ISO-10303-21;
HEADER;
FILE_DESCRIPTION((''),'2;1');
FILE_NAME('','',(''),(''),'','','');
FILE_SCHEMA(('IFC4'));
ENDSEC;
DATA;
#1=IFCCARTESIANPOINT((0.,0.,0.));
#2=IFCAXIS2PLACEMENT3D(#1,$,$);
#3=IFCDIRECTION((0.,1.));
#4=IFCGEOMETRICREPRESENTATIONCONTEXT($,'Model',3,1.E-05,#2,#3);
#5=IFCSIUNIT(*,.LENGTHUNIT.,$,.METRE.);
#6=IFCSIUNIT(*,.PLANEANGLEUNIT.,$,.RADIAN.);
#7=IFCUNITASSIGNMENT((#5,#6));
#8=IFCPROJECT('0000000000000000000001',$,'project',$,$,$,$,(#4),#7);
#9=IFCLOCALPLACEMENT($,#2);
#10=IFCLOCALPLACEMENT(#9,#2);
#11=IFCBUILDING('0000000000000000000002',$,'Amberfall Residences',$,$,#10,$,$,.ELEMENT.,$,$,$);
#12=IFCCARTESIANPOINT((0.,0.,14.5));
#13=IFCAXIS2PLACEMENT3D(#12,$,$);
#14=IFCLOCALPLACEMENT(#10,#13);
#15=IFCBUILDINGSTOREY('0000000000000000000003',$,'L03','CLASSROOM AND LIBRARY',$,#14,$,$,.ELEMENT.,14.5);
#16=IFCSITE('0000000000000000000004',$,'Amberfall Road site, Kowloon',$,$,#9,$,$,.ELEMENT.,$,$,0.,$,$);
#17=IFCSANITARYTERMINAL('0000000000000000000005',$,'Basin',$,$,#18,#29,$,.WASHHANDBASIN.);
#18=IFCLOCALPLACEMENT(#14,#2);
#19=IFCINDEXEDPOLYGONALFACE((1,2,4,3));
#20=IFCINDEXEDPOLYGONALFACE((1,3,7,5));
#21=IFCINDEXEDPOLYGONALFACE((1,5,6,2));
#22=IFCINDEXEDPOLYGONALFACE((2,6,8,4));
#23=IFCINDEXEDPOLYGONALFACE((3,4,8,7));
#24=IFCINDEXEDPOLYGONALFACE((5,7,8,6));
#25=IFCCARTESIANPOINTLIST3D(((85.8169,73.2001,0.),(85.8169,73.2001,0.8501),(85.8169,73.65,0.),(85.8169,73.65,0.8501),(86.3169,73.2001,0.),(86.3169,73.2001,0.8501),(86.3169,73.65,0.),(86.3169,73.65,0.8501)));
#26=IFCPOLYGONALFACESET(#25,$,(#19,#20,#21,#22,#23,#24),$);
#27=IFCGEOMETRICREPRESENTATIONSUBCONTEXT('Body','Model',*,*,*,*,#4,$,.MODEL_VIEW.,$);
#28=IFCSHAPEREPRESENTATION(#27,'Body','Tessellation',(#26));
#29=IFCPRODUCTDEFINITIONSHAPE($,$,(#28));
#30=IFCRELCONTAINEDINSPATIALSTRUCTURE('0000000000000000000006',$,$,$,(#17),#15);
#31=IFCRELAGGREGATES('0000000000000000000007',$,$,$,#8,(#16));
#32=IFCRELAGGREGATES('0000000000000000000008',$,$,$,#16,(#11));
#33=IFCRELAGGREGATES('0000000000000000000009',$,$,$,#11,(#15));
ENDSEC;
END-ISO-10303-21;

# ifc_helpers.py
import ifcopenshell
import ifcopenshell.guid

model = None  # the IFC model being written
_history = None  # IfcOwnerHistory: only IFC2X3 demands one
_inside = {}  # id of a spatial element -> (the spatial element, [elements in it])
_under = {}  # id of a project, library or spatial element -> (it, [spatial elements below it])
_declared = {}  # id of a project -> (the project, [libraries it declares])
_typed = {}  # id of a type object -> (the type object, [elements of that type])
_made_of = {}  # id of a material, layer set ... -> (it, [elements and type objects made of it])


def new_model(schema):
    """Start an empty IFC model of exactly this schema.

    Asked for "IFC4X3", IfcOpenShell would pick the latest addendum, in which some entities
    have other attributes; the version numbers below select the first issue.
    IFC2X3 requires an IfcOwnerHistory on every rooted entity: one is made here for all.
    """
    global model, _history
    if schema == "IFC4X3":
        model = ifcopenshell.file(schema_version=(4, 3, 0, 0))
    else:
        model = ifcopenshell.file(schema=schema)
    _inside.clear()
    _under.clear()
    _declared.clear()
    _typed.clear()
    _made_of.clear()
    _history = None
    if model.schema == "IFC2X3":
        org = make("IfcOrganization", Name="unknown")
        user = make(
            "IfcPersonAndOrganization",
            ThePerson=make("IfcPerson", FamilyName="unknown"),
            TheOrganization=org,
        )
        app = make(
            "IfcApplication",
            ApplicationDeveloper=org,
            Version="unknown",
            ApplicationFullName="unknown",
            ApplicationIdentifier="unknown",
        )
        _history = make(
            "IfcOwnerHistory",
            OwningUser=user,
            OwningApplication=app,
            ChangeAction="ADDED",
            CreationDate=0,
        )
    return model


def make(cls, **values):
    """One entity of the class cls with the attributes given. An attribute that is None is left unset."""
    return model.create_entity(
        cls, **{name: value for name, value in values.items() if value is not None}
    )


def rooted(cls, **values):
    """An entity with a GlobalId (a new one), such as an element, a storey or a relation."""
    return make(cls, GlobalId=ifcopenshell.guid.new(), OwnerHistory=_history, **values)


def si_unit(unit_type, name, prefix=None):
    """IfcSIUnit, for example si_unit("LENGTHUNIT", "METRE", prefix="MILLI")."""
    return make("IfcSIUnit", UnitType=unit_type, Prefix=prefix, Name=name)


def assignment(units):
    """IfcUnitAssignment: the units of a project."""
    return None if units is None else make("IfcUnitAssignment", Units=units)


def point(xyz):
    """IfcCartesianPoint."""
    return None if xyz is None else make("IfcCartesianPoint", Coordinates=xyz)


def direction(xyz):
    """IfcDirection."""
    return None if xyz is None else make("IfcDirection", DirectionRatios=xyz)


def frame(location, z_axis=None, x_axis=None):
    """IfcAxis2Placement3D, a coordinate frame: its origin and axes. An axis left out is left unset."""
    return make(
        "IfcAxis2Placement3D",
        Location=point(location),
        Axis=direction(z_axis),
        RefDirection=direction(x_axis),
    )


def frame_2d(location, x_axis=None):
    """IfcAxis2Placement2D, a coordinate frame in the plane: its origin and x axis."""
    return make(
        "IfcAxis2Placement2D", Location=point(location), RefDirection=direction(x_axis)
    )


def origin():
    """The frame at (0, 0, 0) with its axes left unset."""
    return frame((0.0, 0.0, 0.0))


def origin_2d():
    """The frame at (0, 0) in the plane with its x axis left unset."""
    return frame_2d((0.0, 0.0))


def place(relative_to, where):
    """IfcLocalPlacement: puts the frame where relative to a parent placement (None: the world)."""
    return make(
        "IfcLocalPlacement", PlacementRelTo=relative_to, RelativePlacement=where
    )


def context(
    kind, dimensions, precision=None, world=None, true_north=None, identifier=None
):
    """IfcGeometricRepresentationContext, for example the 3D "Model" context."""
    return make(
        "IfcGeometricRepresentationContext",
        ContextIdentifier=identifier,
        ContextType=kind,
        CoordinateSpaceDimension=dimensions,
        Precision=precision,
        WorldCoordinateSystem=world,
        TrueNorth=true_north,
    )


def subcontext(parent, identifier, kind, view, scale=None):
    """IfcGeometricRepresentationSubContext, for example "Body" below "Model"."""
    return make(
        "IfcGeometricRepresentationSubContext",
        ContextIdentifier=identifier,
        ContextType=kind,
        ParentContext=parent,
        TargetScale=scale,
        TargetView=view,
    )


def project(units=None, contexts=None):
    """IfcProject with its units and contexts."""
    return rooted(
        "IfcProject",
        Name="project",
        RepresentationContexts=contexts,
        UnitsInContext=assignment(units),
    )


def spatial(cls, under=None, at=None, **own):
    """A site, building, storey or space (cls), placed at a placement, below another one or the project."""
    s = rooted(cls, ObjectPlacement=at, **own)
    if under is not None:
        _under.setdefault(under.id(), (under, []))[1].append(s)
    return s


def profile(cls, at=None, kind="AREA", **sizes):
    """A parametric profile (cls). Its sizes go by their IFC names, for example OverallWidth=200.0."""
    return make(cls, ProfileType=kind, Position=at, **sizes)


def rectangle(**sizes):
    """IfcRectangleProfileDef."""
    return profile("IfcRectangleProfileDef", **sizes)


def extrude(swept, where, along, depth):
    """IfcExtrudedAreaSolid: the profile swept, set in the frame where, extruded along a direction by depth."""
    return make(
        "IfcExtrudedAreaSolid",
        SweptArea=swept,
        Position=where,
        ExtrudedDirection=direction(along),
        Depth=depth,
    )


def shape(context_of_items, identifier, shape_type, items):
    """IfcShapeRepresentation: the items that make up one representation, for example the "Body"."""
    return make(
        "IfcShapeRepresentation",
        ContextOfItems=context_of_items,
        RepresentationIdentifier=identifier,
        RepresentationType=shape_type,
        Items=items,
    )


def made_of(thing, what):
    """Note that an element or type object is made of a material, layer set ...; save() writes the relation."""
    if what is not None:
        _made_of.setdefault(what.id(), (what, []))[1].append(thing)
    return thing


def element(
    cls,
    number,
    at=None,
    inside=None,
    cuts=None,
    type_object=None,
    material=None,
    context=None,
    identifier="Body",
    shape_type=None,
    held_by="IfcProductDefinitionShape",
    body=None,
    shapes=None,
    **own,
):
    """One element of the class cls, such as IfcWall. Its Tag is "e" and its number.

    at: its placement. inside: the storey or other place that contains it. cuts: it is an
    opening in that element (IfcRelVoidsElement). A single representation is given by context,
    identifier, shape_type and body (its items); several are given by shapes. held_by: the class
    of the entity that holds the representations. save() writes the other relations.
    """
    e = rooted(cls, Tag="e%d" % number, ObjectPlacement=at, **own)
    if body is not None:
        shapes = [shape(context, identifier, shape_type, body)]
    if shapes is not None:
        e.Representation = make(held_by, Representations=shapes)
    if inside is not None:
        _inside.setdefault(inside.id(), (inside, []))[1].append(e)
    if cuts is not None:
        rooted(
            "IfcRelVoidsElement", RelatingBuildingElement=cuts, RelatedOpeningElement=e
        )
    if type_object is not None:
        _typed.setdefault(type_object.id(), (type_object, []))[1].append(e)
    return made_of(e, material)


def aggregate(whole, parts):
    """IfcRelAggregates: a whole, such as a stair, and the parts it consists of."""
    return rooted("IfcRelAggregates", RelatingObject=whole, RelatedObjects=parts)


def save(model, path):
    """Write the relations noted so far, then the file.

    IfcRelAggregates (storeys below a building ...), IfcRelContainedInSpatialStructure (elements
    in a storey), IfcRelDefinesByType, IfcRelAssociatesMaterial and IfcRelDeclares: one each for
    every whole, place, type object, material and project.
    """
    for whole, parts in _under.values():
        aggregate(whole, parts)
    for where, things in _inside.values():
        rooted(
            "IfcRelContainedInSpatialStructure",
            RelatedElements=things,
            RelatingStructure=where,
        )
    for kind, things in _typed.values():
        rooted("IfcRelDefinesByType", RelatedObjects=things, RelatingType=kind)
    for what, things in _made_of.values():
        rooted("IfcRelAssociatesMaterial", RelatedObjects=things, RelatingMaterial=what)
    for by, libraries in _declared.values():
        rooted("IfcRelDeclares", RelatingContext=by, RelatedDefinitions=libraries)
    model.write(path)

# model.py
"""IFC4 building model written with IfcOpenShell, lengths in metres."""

from ifc_helpers import new_model, si_unit, direction, frame, origin, origin_2d, place, context, subcontext, project, spatial, rectangle, extrude, element, save


model = new_model("IFC4")

# Units and contexts
model_context = context("Model", 3, precision=1e-05, world=origin(), true_north=direction((0.0, 1.0)))
body_context = subcontext(model_context, "Body", "Model", "MODEL_VIEW")
ifc_project = project(units=[si_unit("LENGTHUNIT", "METRE"), si_unit("PLANEANGLEUNIT", "RADIAN")], contexts=[model_context])

# Site, building, storey
site_placement = place(None, origin())
site = spatial("IfcSite", under=ifc_project, at=site_placement, Name="Amberfall Road site, Kowloon", CompositionType="ELEMENT", RefElevation=0.0)
building_placement = place(site_placement, origin())
building = spatial("IfcBuilding", under=site, at=building_placement, Name="Amberfall Residences", CompositionType="ELEMENT")
storey_placement = place(building_placement, frame((0.0, 0.0, 14.5)))
storey = spatial("IfcBuildingStorey", under=building, at=storey_placement, Name="L03", Description="CLASSROOM AND LIBRARY", CompositionType="ELEMENT", Elevation=14.5)

# Sanitary terminal
sanitary_terminal_1_placement = place(storey_placement, frame((86.0669, 73.425, 0.0), z_axis=(0.0, 0.0, 1.0), x_axis=(1.0, 0.0, 0.0)))
element("IfcSanitaryTerminal", 1, at=sanitary_terminal_1_placement, inside=storey, Name="Basin", PredefinedType="WASHHANDBASIN", context=body_context, shape_type="SweptSolid", body=[
    extrude(rectangle(XDim=0.5, YDim=0.45, at=origin_2d()), origin(), (0.0, 0.0, 1.0), 0.8501),
])

save(model, "model.ifc")
